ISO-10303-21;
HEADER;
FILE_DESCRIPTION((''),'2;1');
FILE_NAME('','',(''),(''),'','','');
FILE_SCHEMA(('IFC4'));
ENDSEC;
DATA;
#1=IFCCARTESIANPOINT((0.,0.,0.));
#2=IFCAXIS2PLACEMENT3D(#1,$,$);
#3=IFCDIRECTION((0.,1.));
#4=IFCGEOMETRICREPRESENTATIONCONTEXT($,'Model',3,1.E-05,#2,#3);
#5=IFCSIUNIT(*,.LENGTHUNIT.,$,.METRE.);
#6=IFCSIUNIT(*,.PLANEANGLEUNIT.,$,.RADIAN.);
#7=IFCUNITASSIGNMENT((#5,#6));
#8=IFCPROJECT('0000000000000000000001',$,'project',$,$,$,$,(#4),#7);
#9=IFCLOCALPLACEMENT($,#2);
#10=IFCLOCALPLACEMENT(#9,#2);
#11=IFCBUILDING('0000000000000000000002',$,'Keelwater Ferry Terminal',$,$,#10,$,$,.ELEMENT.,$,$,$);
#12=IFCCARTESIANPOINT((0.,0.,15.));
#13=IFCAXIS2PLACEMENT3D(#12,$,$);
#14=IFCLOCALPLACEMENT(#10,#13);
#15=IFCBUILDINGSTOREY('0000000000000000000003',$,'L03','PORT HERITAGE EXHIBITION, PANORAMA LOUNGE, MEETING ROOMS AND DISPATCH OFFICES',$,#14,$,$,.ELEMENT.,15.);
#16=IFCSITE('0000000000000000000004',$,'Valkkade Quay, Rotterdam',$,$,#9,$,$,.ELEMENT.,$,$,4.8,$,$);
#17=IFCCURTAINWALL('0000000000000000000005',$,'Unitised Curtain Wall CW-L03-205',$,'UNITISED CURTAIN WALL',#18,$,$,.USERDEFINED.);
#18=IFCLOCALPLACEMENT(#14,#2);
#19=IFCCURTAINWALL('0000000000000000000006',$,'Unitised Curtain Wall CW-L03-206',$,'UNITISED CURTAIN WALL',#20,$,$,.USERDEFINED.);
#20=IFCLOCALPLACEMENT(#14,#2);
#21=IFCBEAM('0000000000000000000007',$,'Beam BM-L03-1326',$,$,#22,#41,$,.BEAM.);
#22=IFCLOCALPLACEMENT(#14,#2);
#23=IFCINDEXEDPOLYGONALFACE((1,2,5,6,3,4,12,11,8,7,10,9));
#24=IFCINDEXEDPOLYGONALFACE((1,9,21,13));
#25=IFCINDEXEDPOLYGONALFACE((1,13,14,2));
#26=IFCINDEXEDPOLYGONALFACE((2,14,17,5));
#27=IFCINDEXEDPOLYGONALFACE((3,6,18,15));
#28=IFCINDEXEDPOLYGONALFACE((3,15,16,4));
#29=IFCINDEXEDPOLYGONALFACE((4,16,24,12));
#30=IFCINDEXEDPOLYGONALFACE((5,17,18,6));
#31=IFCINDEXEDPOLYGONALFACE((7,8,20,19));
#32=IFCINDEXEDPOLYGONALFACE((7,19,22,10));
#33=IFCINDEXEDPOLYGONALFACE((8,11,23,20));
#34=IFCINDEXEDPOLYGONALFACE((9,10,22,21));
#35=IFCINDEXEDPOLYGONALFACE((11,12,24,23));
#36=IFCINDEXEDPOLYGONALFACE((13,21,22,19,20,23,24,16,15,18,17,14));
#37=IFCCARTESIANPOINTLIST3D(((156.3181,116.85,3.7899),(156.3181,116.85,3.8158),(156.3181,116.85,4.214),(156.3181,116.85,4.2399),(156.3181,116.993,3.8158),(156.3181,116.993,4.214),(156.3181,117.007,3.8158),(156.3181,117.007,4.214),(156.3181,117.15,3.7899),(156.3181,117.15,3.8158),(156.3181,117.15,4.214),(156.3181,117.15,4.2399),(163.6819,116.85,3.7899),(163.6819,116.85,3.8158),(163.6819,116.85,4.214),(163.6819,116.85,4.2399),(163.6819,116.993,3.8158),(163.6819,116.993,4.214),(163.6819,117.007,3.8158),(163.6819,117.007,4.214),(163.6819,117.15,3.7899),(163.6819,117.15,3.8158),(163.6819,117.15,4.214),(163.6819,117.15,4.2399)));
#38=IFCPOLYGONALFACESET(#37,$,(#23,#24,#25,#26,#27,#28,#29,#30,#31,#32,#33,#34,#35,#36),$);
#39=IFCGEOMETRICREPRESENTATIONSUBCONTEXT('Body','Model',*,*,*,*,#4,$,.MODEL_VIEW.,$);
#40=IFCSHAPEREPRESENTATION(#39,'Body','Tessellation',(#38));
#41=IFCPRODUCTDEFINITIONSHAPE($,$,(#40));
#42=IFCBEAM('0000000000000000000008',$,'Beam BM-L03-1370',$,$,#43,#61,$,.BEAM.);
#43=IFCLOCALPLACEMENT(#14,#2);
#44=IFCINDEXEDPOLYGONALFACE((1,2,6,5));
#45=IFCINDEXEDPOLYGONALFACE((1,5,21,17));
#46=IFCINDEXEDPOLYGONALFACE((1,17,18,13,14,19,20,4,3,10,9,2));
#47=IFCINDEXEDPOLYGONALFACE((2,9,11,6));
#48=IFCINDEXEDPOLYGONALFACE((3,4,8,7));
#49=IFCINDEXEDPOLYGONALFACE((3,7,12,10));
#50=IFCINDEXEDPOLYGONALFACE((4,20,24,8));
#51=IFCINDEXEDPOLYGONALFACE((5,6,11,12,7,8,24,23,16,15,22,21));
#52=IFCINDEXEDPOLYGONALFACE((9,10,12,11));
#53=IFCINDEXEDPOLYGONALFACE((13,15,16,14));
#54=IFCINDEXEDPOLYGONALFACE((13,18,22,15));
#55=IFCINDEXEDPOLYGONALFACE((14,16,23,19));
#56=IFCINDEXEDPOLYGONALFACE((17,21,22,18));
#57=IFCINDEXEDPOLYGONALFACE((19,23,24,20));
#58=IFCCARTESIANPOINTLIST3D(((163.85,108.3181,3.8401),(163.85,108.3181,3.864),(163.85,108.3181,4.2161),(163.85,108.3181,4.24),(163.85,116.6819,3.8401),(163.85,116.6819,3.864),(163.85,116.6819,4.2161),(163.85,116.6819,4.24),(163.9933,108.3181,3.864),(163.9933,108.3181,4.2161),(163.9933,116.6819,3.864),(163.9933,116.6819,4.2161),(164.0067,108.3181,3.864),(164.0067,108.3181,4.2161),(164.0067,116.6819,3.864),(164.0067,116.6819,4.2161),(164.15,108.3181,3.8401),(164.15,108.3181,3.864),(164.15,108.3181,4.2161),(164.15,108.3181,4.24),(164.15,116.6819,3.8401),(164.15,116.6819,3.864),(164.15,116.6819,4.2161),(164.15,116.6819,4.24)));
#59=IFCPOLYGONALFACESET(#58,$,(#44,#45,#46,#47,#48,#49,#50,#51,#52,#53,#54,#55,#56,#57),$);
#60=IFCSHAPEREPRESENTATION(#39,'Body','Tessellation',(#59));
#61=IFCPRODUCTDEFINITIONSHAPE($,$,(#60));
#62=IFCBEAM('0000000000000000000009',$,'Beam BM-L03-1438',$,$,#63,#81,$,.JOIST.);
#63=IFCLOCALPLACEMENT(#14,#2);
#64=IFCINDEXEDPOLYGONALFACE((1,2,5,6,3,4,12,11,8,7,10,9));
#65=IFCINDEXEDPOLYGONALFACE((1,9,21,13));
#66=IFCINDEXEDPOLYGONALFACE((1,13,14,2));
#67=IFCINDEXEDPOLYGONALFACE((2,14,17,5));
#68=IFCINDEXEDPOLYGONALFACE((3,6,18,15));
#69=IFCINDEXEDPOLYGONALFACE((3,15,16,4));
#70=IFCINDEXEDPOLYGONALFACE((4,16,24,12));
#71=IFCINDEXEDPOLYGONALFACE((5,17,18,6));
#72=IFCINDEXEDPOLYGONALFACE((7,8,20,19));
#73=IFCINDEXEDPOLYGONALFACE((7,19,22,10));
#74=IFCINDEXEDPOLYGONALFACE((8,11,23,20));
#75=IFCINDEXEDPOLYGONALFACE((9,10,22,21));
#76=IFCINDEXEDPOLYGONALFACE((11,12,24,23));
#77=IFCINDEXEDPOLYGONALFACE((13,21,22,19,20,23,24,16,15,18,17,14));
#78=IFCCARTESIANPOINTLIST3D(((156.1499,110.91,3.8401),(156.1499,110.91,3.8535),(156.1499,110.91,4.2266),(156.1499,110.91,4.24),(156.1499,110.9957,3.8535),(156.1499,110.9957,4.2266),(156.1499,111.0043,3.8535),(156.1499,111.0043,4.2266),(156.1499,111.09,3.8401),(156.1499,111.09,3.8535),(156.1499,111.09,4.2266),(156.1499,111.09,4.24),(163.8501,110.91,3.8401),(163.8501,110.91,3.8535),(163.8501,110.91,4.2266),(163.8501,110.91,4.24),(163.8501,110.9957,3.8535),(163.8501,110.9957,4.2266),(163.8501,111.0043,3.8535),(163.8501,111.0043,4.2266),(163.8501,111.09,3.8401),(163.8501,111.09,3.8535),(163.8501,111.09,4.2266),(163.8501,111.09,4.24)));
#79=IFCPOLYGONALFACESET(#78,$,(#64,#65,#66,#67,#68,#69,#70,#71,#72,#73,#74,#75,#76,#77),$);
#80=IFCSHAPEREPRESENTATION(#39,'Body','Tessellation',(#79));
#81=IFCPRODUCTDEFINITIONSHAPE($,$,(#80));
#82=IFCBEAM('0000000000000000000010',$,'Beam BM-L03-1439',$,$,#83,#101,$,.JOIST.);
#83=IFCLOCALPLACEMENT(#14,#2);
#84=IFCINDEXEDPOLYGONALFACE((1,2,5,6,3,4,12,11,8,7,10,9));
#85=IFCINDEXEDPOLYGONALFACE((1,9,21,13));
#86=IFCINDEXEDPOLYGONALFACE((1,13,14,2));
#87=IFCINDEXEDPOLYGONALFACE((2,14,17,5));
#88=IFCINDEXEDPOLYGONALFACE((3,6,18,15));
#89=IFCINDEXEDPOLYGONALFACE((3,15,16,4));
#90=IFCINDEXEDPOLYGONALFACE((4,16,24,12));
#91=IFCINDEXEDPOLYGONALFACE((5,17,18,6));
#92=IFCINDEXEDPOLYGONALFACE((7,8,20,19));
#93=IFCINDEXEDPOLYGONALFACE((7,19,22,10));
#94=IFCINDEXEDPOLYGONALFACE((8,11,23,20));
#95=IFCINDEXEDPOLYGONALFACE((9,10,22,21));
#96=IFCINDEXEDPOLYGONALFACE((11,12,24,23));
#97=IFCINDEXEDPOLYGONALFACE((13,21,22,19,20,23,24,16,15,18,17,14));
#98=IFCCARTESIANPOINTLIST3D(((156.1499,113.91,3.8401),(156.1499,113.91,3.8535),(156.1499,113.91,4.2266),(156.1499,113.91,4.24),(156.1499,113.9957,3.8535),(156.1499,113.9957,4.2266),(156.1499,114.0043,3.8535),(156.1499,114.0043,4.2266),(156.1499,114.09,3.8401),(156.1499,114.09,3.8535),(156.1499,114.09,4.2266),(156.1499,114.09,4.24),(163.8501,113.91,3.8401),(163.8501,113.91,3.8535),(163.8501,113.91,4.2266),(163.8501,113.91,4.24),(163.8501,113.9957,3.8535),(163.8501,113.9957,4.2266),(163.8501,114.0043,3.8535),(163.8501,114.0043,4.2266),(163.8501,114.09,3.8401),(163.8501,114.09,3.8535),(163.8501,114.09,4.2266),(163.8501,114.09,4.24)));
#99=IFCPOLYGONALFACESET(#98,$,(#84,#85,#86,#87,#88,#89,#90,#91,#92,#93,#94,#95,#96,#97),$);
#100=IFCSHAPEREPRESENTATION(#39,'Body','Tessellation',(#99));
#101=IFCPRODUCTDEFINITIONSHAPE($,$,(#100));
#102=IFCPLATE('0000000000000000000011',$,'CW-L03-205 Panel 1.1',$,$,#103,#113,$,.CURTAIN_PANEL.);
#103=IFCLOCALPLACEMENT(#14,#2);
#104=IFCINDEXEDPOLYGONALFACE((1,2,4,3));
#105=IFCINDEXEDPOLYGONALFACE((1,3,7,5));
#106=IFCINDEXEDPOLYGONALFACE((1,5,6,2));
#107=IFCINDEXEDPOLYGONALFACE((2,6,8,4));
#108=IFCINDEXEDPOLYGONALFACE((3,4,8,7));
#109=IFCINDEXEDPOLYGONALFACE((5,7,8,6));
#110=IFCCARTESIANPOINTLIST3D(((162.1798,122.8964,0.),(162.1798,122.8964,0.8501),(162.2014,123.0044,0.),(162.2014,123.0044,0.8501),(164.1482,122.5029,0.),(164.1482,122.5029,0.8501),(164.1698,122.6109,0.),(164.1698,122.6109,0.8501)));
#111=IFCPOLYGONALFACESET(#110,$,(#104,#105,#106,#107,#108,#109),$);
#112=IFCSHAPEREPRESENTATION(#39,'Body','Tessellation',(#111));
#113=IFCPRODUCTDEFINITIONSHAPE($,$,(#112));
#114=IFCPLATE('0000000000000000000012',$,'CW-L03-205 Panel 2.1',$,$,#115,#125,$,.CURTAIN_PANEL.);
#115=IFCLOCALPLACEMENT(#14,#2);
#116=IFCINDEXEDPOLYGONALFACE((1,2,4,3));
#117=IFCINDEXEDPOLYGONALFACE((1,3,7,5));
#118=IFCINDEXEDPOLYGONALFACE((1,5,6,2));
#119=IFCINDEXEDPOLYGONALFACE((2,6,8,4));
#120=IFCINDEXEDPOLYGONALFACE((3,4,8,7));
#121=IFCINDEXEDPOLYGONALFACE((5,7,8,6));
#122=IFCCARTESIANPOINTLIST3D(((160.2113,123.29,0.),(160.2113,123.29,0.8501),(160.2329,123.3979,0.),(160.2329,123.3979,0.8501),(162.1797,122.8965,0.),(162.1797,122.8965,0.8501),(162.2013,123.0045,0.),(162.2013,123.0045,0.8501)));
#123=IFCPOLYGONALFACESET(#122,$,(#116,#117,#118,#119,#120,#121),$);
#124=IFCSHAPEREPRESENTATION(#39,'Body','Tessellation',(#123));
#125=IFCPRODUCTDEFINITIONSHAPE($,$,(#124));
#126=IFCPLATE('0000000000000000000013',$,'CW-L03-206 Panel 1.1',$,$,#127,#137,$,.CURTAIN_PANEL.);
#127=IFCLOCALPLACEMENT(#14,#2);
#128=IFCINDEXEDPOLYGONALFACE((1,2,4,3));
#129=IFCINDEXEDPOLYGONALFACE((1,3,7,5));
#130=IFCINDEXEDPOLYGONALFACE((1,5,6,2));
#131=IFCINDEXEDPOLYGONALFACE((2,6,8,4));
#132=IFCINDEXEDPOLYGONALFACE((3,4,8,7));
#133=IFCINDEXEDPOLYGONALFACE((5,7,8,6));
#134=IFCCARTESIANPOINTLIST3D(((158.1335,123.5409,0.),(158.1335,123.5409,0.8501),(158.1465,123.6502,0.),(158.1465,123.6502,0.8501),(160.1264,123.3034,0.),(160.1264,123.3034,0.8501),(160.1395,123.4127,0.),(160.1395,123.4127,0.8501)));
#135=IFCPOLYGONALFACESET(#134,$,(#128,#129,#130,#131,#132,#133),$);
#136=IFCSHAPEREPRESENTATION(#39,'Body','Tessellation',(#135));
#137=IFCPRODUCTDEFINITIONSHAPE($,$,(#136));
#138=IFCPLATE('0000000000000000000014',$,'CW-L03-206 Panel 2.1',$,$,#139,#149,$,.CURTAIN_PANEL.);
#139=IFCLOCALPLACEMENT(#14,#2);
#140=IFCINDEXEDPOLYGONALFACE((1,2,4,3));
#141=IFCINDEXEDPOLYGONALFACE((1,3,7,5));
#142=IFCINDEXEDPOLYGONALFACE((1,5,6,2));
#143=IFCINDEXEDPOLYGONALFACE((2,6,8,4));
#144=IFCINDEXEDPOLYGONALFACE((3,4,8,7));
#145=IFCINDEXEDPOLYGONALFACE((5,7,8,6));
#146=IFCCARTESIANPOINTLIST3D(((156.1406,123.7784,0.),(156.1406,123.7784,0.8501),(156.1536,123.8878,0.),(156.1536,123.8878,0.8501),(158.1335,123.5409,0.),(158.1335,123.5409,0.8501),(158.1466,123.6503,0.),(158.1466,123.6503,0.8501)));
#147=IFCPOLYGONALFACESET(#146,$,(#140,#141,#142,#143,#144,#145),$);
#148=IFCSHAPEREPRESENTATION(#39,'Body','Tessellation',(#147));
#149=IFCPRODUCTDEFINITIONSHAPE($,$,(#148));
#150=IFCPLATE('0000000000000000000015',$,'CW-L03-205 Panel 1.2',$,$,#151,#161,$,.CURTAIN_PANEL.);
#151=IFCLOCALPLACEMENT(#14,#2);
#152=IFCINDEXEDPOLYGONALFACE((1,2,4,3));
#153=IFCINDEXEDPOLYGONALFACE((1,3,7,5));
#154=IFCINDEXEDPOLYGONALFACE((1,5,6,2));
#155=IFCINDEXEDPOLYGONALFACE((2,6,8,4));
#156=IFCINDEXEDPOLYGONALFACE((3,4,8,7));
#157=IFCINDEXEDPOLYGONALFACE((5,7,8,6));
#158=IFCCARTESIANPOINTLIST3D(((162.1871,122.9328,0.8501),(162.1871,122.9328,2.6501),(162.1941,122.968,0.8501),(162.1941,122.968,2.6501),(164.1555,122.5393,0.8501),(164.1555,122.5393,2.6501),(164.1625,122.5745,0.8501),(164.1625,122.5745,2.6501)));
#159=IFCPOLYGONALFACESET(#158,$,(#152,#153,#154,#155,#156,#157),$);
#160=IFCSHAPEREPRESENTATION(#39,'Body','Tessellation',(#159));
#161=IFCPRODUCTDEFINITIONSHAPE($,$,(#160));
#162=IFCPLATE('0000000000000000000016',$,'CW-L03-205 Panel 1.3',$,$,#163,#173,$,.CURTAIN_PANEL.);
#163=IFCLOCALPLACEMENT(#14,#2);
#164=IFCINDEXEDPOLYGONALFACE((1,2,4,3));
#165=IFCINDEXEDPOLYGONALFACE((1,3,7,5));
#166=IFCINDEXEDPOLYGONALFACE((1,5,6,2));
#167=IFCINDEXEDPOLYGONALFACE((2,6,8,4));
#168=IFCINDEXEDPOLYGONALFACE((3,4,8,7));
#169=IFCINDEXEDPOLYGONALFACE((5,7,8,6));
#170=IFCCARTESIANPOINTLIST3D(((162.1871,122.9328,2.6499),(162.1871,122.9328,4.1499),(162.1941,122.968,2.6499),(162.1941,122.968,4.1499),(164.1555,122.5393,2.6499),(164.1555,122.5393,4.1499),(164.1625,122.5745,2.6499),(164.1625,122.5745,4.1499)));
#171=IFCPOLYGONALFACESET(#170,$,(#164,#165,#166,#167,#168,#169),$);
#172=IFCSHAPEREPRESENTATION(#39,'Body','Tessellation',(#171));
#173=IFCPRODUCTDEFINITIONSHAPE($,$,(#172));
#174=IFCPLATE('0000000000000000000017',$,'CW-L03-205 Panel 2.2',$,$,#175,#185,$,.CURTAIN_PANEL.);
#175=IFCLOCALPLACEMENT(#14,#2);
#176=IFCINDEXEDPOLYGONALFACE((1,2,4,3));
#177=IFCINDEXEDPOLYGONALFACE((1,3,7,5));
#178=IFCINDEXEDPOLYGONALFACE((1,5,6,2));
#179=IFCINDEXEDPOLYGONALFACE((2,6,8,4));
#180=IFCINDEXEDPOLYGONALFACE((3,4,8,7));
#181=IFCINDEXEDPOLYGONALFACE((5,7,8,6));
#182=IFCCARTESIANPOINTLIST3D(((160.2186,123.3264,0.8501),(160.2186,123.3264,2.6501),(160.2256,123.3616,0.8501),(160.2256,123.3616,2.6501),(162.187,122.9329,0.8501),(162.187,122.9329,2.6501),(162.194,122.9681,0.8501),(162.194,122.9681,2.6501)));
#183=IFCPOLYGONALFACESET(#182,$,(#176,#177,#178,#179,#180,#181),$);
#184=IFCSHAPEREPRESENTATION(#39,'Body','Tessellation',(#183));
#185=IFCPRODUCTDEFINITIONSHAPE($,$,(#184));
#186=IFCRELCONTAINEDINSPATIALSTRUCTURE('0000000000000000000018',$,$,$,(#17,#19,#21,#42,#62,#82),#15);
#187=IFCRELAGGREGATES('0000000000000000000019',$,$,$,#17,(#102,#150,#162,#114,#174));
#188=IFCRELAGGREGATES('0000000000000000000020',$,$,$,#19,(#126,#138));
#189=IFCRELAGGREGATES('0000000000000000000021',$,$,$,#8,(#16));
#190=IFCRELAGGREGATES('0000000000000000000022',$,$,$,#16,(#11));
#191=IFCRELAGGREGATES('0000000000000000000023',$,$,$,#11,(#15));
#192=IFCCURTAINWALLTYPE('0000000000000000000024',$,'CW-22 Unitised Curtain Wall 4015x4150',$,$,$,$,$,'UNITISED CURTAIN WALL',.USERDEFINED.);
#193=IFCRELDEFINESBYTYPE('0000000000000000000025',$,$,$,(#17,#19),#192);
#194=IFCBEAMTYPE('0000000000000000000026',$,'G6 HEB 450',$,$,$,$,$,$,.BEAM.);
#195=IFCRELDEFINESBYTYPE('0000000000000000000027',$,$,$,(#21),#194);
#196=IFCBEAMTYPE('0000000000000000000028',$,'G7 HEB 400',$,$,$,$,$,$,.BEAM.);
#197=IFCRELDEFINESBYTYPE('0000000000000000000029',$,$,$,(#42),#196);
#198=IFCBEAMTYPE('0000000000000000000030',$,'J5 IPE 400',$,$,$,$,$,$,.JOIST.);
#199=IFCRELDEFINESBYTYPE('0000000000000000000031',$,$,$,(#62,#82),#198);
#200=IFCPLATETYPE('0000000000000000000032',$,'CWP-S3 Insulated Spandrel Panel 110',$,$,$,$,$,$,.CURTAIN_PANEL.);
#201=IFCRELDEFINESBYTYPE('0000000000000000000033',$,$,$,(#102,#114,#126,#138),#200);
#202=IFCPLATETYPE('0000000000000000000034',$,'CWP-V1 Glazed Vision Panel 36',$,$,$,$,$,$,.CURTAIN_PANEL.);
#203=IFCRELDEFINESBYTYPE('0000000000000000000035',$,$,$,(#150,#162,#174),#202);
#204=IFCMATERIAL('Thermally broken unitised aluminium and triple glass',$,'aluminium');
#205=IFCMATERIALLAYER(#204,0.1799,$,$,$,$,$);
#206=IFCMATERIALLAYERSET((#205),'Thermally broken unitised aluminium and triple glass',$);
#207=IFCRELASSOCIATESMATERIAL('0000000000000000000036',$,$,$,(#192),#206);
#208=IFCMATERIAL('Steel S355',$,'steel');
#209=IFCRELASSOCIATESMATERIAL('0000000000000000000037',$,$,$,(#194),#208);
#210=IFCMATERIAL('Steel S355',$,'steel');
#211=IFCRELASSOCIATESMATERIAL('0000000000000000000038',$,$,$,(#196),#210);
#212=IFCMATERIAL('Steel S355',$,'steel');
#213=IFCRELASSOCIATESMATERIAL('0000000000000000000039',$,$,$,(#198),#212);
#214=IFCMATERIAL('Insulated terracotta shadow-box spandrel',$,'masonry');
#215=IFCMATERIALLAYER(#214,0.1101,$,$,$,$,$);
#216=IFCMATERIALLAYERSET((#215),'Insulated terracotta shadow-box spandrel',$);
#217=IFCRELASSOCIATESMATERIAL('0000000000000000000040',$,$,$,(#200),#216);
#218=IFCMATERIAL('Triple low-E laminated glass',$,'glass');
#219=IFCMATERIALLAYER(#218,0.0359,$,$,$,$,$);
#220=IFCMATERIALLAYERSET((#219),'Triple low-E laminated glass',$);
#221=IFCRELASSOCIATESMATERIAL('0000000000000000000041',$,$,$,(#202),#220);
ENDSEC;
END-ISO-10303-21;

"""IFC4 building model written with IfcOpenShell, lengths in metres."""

from ifc_helpers import new_model, si_unit, direction, frame, origin, origin_2d, place, context, subcontext, project, spatial, rectangle, i_section, extrude, material, layer, layer_set, material_profile, profile_set, type_object, element, aggregate, save


model = new_model("IFC4")

# Units and contexts
model_context = context("Model", 3, precision=1e-05, world=origin(), true_north=direction((0.0, 1.0)))
body_context = subcontext(model_context, "Body", "Model", "MODEL_VIEW")
ifc_project = project(units=[si_unit("LENGTHUNIT", "METRE"), si_unit("PLANEANGLEUNIT", "RADIAN")], contexts=[model_context])

# Site, building, storey
site_placement = place(None, origin())
site = spatial("IfcSite", under=ifc_project, at=site_placement, Name="Valkkade Quay, Rotterdam", CompositionType="ELEMENT", RefElevation=4.8)
building_placement = place(site_placement, origin())
building = spatial("IfcBuilding", under=site, at=building_placement, Name="Keelwater Ferry Terminal", CompositionType="ELEMENT")
storey_placement = place(building_placement, frame((0.0, 0.0, 15.0)))
storey = spatial("IfcBuildingStorey", under=building, at=storey_placement, Name="L03", Description="PORT HERITAGE EXHIBITION, PANORAMA LOUNGE, MEETING ROOMS AND DISPATCH OFFICES", CompositionType="ELEMENT", Elevation=15.0)

# Curtain walls
ifc_material_1 = material(Name="Thermally broken unitised aluminium and triple glass", Category="aluminium")
ifc_layer_1 = layer(ifc_material_1, 0.1799)
ifc_layer_set_1 = layer_set([ifc_layer_1], Name="Thermally broken unitised aluminium and triple glass")
curtain_wall_type = type_object("IfcCurtainWallType", Name="CW-22 Unitised Curtain Wall 4015x4150", ElementType="UNITISED CURTAIN WALL", PredefinedType="USERDEFINED", material=ifc_layer_set_1)
curtain_wall_1_placement = place(storey_placement, origin())
curtain_wall_1 = element("IfcCurtainWall", 1, at=curtain_wall_1_placement, inside=storey, type_object=curtain_wall_type, Name="Unitised Curtain Wall CW-L03-205", ObjectType="UNITISED CURTAIN WALL", PredefinedType="USERDEFINED")
curtain_wall_2_placement = place(storey_placement, origin())
curtain_wall_2 = element("IfcCurtainWall", 2, at=curtain_wall_2_placement, inside=storey, type_object=curtain_wall_type, Name="Unitised Curtain Wall CW-L03-206", ObjectType="UNITISED CURTAIN WALL", PredefinedType="USERDEFINED")

# Beams
ifc_material_2 = material(Name="Steel S355", Category="steel")
ifc_material_profile_1 = material_profile(ifc_material_2, i_section(OverallWidth=0.3, OverallDepth=0.45, WebThickness=0.0139, FlangeThickness=0.0259, at=origin_2d()), Name="HEB 450")
ifc_profile_set_1 = profile_set([ifc_material_profile_1], Name="Steel S355")
beam_type_1 = type_object("IfcBeamType", Name="G6 HEB 450", PredefinedType="BEAM", material=ifc_profile_set_1)
beam_1_placement = place(storey_placement, frame((156.3181, 117.0, 4.0149), z_axis=(1.0, 0.0, 0.0), x_axis=(0.0, 1.0, 0.0)))
element("IfcBeam", 3, at=beam_1_placement, inside=storey, type_object=beam_type_1, Name="Beam BM-L03-1326", PredefinedType="BEAM", context=body_context, shape_type="SweptSolid", body=[
    extrude(i_section(OverallWidth=0.3, OverallDepth=0.45, WebThickness=0.0139, FlangeThickness=0.0259, at=origin_2d()), origin(), (0.0, 0.0, 1.0), 7.3638),
])
ifc_material_3 = material(Name="Steel S355", Category="steel")
ifc_material_profile_2 = material_profile(ifc_material_3, i_section(OverallWidth=0.3, OverallDepth=0.3999, WebThickness=0.0134, FlangeThickness=0.0239, at=origin_2d()), Name="HEB 400")
ifc_profile_set_2 = profile_set([ifc_material_profile_2], Name="Steel S355")
beam_type_2 = type_object("IfcBeamType", Name="G7 HEB 400", PredefinedType="BEAM", material=ifc_profile_set_2)
beam_2_placement = place(storey_placement, frame((164.0, 108.3181, 4.04), z_axis=(0.0, 1.0, 0.0), x_axis=(-1.0, 0.0, 0.0)))
element("IfcBeam", 4, at=beam_2_placement, inside=storey, type_object=beam_type_2, Name="Beam BM-L03-1370", PredefinedType="BEAM", context=body_context, shape_type="SweptSolid", body=[
    extrude(i_section(OverallWidth=0.3, OverallDepth=0.3999, WebThickness=0.0134, FlangeThickness=0.0239, at=origin_2d()), origin(), (0.0, 0.0, 1.0), 8.3638),
])
ifc_material_4 = material(Name="Steel S355", Category="steel")
ifc_material_profile_3 = material_profile(ifc_material_4, i_section(OverallWidth=0.1799, OverallDepth=0.3999, WebThickness=0.0085, FlangeThickness=0.0134, at=origin_2d()), Name="IPE 400")
ifc_profile_set_3 = profile_set([ifc_material_profile_3], Name="Steel S355")
beam_type_3 = type_object("IfcBeamType", Name="J5 IPE 400", PredefinedType="JOIST", material=ifc_profile_set_3)
for number, where, z_axis, x_axis, name in (
    (5, (156.1499, 111.0, 4.04), (1.0, 0.0, 0.0), (0.0, 1.0, 0.0), "Beam BM-L03-1438"),
    (6, (156.1499, 114.0, 4.04), (1.0, 0.0, 0.0), (0.0, 1.0, 0.0), "Beam BM-L03-1439"),
):
    element("IfcBeam", number, at=place(storey_placement, frame(where, z_axis=z_axis, x_axis=x_axis)), inside=storey, type_object=beam_type_3, Name=name, PredefinedType="JOIST", context=body_context, shape_type="SweptSolid", body=[
        extrude(i_section(OverallWidth=0.1799, OverallDepth=0.3999, WebThickness=0.0085, FlangeThickness=0.0134, at=origin_2d()), origin(), (0.0, 0.0, 1.0), 7.7002),
    ])

# Plates
ifc_material_5 = material(Name="Insulated terracotta shadow-box spandrel", Category="masonry")
ifc_layer_2 = layer(ifc_material_5, 0.1101)
ifc_layer_set_2 = layer_set([ifc_layer_2], Name="Insulated terracotta shadow-box spandrel")
plate_type_1 = type_object("IfcPlateType", Name="CWP-S3 Insulated Spandrel Panel 110", PredefinedType="CURTAIN_PANEL", material=ifc_layer_set_2)
plate_1_placement = place(storey_placement, frame((163.1748, 122.7537, 0.0), z_axis=(0.0, 0.0, 1.0), x_axis=(-0.9806, 0.19602, 0.0)))
plate_1 = element("IfcPlate", 7, at=plate_1_placement, type_object=plate_type_1, Name="CW-L03-205 Panel 1.1", PredefinedType="CURTAIN_PANEL", context=body_context, shape_type="SweptSolid", body=[
    extrude(rectangle(XDim=2.0073, YDim=0.1101, at=origin_2d()), origin(), (0.0, 0.0, 1.0), 0.8501),
])
plate_2_placement = place(storey_placement, frame((161.2063, 123.1472, 0.0), z_axis=(0.0, 0.0, 1.0), x_axis=(-0.9806, 0.19602, 0.0)))
plate_2 = element("IfcPlate", 8, at=plate_2_placement, type_object=plate_type_1, Name="CW-L03-205 Panel 2.1", PredefinedType="CURTAIN_PANEL", context=body_context, shape_type="SweptSolid", body=[
    extrude(rectangle(XDim=2.0073, YDim=0.1101, at=origin_2d()), origin(), (0.0, 0.0, 1.0), 0.8501),
])
plate_3_placement = place(storey_placement, frame((159.1365, 123.4768, 0.0), z_axis=(0.0, 0.0, 1.0), x_axis=(-0.992974, 0.11833, 0.0)))
plate_3 = element("IfcPlate", 9, at=plate_3_placement, type_object=plate_type_1, Name="CW-L03-206 Panel 1.1", PredefinedType="CURTAIN_PANEL", context=body_context, shape_type="SweptSolid", body=[
    extrude(rectangle(XDim=2.0071, YDim=0.1101, at=origin_2d()), origin(), (0.0, 0.0, 1.0), 0.8501),
])
plate_4_placement = place(storey_placement, frame((157.1436, 123.7144, 0.0), z_axis=(0.0, 0.0, 1.0), x_axis=(-0.992974, 0.11833, 0.0)))
plate_4 = element("IfcPlate", 10, at=plate_4_placement, type_object=plate_type_1, Name="CW-L03-206 Panel 2.1", PredefinedType="CURTAIN_PANEL", context=body_context, shape_type="SweptSolid", body=[
    extrude(rectangle(XDim=2.0071, YDim=0.1101, at=origin_2d()), origin(), (0.0, 0.0, 1.0), 0.8501),
])
ifc_material_6 = material(Name="Triple low-E laminated glass", Category="glass")
ifc_layer_3 = layer(ifc_material_6, 0.0359)
ifc_layer_set_3 = layer_set([ifc_layer_3], Name="Triple low-E laminated glass")
plate_type_2 = type_object("IfcPlateType", Name="CWP-V1 Glazed Vision Panel 36", PredefinedType="CURTAIN_PANEL", material=ifc_layer_set_3)
plate_5_placement = place(storey_placement, frame((163.1748, 122.7537, 0.8501), z_axis=(0.0, 0.0, 1.0), x_axis=(-0.9806, 0.19602, 0.0)))
plate_5 = element("IfcPlate", 11, at=plate_5_placement, type_object=plate_type_2, Name="CW-L03-205 Panel 1.2", PredefinedType="CURTAIN_PANEL", context=body_context, shape_type="SweptSolid", body=[
    extrude(rectangle(XDim=2.0073, YDim=0.0359, at=origin_2d()), origin(), (0.0, 0.0, 1.0), 1.8),
])
plate_6_placement = place(storey_placement, frame((163.1748, 122.7537, 2.6499), z_axis=(0.0, 0.0, 1.0), x_axis=(-0.9806, 0.19602, 0.0)))
plate_6 = element("IfcPlate", 12, at=plate_6_placement, type_object=plate_type_2, Name="CW-L03-205 Panel 1.3", PredefinedType="CURTAIN_PANEL", context=body_context, shape_type="SweptSolid", body=[
    extrude(rectangle(XDim=2.0073, YDim=0.0359, at=origin_2d()), origin(), (0.0, 0.0, 1.0), 1.5),
])
plate_7_placement = place(storey_placement, frame((161.2063, 123.1472, 0.8501), z_axis=(0.0, 0.0, 1.0), x_axis=(-0.9806, 0.19602, 0.0)))
plate_7 = element("IfcPlate", 13, at=plate_7_placement, type_object=plate_type_2, Name="CW-L03-205 Panel 2.2", PredefinedType="CURTAIN_PANEL", context=body_context, shape_type="SweptSolid", body=[
    extrude(rectangle(XDim=2.0073, YDim=0.0359, at=origin_2d()), origin(), (0.0, 0.0, 1.0), 1.8),
])
aggregate(curtain_wall_1, [plate_1, plate_5, plate_6, plate_2, plate_7])
aggregate(curtain_wall_2, [plate_3, plate_4])

save(model, "model.ifc")
